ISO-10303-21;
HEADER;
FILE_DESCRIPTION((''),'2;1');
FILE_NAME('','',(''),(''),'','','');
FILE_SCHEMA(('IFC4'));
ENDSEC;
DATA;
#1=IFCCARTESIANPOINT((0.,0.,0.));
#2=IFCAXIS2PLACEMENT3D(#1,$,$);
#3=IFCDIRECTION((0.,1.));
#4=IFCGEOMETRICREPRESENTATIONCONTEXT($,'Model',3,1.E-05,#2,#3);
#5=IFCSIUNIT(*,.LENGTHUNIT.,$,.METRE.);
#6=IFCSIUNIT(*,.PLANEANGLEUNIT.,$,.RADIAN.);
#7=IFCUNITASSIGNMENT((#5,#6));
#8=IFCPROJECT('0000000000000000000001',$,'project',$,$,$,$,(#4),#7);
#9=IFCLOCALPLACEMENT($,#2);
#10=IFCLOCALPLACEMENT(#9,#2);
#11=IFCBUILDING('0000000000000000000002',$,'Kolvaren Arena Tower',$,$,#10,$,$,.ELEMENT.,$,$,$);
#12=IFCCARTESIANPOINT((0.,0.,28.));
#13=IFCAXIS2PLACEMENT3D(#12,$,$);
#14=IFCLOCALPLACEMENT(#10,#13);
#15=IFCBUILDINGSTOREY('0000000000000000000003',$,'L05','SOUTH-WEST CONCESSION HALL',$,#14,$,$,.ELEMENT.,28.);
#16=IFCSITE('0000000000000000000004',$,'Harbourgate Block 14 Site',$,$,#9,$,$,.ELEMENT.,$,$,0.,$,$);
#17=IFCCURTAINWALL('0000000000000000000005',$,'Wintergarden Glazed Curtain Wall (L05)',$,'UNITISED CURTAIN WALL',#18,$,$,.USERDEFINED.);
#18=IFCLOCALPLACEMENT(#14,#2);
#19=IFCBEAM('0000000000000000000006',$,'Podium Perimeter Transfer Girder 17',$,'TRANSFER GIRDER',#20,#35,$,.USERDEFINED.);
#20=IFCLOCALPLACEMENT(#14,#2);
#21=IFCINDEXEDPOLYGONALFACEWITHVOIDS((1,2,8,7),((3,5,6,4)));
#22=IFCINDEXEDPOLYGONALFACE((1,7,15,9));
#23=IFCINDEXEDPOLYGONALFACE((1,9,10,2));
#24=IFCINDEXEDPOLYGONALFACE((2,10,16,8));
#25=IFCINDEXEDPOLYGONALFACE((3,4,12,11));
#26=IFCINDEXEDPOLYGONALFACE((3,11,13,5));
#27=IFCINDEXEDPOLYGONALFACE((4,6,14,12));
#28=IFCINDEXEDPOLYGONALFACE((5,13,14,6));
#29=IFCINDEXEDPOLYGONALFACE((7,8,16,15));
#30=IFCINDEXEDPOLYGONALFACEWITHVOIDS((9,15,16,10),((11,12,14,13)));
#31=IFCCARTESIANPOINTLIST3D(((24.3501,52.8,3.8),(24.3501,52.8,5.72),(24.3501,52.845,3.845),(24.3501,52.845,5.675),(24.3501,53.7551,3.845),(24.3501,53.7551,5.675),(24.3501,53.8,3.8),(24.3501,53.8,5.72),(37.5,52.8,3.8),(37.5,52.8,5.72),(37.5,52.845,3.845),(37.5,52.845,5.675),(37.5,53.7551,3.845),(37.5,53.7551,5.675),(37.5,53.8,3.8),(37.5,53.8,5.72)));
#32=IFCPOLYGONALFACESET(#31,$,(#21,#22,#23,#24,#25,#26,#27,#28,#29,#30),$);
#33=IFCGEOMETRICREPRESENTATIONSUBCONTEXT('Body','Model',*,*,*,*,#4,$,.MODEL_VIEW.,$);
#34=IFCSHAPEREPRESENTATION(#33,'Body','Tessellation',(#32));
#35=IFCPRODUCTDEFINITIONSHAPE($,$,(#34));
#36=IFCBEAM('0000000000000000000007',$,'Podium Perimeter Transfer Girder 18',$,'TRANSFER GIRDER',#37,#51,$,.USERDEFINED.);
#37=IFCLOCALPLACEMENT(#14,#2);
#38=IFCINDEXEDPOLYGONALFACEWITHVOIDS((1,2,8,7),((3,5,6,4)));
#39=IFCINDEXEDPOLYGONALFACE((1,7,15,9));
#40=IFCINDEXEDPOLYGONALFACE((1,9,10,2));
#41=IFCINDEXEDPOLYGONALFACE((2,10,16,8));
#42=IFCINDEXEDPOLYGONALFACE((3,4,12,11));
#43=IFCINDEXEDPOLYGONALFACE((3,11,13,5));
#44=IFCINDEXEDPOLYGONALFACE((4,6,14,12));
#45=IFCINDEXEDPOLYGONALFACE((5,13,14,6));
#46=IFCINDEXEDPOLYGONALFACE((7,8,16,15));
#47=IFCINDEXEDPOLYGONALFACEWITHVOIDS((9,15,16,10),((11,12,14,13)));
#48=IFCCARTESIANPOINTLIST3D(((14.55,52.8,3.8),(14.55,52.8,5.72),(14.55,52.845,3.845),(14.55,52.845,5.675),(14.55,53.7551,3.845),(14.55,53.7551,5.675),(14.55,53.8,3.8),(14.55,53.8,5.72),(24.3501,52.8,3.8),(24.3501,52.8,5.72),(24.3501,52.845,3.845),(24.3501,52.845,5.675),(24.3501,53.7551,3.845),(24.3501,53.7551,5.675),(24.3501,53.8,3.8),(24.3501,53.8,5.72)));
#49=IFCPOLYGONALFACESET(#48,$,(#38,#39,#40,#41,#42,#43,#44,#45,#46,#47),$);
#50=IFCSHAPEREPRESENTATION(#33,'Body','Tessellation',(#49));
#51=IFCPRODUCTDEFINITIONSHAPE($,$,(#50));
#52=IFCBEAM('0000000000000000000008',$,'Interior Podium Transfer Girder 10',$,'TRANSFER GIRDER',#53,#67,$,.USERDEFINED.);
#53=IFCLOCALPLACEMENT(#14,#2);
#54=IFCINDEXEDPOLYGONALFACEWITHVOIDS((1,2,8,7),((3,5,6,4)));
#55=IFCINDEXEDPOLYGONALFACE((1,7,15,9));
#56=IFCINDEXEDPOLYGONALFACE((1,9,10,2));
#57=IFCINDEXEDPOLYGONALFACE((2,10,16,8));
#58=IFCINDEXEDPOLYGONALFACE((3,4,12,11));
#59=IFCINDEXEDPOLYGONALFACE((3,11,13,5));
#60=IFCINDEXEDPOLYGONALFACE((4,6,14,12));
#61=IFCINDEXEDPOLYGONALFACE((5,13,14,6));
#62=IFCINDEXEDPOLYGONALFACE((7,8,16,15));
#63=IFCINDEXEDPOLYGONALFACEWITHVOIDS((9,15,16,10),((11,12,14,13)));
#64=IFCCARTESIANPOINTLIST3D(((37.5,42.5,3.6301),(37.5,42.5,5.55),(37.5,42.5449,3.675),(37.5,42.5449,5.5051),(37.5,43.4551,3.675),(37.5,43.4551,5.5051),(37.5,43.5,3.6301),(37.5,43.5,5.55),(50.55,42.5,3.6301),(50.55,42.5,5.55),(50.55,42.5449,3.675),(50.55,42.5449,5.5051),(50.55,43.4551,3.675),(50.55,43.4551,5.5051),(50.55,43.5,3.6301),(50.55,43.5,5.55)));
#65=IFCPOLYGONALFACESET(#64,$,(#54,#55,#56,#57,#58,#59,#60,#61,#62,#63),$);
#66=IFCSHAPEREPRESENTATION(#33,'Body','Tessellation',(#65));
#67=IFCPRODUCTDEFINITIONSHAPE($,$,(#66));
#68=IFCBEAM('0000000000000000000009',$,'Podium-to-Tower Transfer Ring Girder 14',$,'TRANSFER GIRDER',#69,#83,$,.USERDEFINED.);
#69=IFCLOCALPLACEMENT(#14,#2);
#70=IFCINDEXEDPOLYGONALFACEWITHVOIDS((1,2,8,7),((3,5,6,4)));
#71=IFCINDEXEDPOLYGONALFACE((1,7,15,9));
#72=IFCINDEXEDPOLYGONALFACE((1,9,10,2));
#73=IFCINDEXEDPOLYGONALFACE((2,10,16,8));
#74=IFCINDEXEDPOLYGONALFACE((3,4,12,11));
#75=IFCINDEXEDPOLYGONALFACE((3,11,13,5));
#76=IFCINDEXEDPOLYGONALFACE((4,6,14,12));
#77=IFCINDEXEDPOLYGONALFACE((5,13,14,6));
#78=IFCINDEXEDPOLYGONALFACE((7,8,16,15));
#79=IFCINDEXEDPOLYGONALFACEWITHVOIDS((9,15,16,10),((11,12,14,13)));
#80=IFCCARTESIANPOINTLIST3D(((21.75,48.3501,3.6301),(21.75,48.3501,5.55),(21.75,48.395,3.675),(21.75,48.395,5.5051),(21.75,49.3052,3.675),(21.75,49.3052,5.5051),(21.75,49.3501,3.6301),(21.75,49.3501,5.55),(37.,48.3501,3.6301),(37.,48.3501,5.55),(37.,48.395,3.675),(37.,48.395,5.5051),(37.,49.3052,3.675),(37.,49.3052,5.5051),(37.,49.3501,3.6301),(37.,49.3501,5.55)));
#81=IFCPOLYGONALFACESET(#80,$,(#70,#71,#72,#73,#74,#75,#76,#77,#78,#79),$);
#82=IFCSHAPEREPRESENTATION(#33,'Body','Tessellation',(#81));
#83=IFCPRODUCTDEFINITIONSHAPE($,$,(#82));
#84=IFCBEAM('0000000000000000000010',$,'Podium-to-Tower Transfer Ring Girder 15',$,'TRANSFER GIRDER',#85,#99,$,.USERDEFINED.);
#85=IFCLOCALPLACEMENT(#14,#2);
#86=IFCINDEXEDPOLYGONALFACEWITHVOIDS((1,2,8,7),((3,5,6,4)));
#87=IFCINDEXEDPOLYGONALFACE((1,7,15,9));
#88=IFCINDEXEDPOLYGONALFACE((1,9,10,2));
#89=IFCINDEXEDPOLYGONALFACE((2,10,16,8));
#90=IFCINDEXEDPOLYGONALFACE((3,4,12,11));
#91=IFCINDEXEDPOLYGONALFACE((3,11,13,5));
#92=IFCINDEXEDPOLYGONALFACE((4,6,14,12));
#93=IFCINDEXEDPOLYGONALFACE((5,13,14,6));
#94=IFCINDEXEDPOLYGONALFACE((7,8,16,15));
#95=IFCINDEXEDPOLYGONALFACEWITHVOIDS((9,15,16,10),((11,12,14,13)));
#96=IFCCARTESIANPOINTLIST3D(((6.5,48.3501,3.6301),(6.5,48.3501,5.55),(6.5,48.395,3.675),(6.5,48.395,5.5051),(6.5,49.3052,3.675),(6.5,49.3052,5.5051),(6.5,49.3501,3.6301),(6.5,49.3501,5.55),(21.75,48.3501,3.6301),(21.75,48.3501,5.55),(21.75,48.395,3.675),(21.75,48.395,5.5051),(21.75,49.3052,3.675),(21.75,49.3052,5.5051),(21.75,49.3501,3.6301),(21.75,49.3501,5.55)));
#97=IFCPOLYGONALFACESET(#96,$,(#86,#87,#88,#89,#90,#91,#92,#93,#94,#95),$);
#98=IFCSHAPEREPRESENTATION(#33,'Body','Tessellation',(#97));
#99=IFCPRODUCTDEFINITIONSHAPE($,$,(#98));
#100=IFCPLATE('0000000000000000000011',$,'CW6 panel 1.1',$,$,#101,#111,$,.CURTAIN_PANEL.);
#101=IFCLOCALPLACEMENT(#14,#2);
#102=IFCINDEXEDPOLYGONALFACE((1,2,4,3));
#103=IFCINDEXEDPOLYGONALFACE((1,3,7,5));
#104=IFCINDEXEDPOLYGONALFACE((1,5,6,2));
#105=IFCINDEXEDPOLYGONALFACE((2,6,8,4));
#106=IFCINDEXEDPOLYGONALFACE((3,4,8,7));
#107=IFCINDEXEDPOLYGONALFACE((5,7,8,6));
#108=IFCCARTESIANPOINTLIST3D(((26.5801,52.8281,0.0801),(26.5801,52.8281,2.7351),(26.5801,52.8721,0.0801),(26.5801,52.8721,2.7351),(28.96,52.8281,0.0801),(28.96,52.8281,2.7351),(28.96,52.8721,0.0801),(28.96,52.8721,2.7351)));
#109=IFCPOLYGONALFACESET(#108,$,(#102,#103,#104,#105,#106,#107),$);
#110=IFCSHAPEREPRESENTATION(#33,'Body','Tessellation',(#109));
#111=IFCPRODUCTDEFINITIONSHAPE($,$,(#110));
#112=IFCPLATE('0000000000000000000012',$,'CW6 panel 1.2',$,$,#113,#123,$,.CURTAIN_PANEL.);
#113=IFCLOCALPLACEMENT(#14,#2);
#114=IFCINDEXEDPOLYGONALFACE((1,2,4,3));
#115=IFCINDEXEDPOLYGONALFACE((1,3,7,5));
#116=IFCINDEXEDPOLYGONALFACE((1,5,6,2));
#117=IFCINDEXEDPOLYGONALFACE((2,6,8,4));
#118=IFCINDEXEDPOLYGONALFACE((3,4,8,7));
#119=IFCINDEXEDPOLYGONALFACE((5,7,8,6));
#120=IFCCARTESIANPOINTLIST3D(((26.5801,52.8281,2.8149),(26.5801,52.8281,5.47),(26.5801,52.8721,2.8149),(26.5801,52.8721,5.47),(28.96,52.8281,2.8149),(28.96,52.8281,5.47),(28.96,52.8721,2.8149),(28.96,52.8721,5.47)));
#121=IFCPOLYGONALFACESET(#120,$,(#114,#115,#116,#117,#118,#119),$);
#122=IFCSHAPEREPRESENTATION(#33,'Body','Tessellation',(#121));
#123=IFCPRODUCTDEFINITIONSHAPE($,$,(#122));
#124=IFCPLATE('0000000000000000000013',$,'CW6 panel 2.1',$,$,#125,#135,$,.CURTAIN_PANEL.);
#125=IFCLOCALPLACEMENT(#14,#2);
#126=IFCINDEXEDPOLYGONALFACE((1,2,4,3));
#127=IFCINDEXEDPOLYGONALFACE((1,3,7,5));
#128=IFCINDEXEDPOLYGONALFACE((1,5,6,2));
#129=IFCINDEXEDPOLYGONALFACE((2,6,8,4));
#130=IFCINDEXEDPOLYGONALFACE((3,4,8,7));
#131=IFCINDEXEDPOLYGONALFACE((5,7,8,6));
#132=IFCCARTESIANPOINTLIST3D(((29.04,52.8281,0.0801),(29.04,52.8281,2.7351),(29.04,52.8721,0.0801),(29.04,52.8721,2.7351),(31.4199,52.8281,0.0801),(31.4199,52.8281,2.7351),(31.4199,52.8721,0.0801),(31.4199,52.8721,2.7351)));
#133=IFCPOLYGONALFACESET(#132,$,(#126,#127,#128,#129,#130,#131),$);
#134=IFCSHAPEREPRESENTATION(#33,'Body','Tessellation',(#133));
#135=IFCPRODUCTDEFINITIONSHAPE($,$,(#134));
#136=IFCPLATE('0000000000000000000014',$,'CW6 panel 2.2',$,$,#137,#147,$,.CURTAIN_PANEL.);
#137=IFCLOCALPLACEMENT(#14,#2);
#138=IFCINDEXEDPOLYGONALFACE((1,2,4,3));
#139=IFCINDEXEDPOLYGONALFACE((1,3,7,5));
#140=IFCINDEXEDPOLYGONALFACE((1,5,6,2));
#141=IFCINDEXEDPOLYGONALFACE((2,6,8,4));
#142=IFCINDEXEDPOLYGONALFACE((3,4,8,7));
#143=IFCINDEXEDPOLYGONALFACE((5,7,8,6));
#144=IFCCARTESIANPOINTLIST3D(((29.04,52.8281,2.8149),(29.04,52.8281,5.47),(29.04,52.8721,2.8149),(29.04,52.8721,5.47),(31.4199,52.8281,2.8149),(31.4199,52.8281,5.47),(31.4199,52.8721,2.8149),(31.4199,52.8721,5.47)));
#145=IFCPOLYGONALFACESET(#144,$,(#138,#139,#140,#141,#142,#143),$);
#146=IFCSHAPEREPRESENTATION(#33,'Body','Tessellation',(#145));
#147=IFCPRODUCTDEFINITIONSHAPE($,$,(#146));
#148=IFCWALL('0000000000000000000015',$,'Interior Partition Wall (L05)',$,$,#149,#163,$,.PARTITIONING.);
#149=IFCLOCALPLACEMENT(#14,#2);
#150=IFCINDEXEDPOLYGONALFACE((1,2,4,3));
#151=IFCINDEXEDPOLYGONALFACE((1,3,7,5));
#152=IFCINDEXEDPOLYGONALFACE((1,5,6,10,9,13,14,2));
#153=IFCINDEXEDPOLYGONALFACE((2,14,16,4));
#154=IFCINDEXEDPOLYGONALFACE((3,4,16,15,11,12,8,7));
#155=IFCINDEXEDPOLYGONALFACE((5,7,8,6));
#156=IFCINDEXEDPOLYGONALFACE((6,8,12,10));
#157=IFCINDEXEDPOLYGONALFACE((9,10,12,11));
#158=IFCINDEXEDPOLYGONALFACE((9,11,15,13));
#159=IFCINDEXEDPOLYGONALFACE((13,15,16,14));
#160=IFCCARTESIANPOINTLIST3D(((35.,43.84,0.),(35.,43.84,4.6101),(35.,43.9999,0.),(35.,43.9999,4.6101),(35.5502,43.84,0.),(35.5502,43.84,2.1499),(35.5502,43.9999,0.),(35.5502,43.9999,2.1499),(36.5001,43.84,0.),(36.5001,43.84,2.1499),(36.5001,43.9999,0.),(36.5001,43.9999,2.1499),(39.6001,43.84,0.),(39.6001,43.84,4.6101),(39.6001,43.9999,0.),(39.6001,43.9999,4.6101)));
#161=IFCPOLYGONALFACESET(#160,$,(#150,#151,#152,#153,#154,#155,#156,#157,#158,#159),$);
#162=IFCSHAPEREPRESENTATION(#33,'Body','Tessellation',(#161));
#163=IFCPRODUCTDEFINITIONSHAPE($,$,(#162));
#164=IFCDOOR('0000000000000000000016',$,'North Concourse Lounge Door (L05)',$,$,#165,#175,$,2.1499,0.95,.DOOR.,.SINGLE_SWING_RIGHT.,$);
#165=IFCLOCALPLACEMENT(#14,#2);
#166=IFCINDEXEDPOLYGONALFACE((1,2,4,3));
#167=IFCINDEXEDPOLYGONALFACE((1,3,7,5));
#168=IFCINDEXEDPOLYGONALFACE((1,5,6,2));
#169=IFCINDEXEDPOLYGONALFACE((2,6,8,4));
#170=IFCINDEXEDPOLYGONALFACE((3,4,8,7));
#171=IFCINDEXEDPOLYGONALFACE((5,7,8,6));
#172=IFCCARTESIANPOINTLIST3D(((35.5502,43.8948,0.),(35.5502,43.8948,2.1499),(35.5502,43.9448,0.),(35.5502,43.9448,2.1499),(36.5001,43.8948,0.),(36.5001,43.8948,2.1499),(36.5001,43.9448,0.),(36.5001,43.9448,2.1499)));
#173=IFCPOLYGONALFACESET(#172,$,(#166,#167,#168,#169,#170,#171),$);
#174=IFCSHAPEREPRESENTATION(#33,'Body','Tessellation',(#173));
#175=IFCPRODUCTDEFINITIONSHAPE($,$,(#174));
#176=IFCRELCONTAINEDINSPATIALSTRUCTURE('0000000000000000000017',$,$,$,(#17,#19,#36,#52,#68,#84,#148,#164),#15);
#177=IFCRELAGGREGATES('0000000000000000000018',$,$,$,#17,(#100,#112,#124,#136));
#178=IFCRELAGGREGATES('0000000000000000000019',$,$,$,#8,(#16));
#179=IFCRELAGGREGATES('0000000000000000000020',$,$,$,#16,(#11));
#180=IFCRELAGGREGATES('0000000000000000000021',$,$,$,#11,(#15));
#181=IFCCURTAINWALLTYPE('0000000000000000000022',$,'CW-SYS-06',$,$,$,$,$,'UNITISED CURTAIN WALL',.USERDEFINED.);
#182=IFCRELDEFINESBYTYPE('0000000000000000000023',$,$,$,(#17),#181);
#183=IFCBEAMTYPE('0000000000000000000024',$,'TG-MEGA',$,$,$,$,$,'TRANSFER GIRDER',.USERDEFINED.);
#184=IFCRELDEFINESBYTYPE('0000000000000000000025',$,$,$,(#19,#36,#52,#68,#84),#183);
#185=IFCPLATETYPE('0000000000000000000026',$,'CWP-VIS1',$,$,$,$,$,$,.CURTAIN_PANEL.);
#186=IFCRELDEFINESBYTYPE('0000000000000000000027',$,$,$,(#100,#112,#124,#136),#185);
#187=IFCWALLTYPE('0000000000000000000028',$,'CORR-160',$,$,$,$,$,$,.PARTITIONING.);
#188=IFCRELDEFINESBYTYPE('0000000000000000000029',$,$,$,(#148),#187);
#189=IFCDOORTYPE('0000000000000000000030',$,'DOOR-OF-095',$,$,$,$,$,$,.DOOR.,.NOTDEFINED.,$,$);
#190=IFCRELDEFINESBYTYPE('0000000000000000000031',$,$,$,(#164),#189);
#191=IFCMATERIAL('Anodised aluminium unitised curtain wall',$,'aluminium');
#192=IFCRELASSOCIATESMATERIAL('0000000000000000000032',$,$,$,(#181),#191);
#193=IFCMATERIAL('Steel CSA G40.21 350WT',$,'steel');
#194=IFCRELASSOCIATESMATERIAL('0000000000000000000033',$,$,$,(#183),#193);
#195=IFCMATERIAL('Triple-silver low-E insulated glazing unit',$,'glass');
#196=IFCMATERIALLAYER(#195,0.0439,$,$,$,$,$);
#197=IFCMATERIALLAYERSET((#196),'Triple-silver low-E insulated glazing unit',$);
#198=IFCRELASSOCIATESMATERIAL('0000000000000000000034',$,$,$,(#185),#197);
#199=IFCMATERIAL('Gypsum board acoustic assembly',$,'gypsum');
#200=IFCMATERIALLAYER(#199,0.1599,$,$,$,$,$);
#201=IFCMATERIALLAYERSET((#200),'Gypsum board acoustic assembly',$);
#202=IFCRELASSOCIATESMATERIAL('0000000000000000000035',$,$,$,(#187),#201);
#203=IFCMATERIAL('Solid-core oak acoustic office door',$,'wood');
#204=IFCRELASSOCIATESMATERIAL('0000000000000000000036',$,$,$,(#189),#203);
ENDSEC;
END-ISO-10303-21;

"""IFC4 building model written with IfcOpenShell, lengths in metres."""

from ifc_helpers import new_model, si_unit, direction, frame, frame_2d, origin, origin_2d, place, context, subcontext, project, spatial, rectangle, hollow_rectangle, extrude, material, layer, layer_set, material_profile, profile_set, type_object, element, fill, aggregate, save


model = new_model("IFC4")

# Units and contexts
model_context = context("Model", 3, precision=1e-05, world=origin(), true_north=direction((0.0, 1.0)))
body_context = subcontext(model_context, "Body", "Model", "MODEL_VIEW")
ifc_project = project(units=[si_unit("LENGTHUNIT", "METRE"), si_unit("PLANEANGLEUNIT", "RADIAN")], contexts=[model_context])

# Site, building, storey
site_placement = place(None, origin())
site = spatial("IfcSite", under=ifc_project, at=site_placement, Name="Harbourgate Block 14 Site", CompositionType="ELEMENT", RefElevation=0.0)
building_placement = place(site_placement, origin())
building = spatial("IfcBuilding", under=site, at=building_placement, Name="Kolvaren Arena Tower", CompositionType="ELEMENT")
storey_placement = place(building_placement, frame((0.0, 0.0, 28.0)))
storey = spatial("IfcBuildingStorey", under=building, at=storey_placement, Name="L05", Description="SOUTH-WEST CONCESSION HALL", CompositionType="ELEMENT", Elevation=28.0)

# Curtain wall
ifc_material_1 = material(Name="Anodised aluminium unitised curtain wall", Category="aluminium")
curtain_wall_type = type_object("IfcCurtainWallType", Name="CW-SYS-06", ElementType="UNITISED CURTAIN WALL", PredefinedType="USERDEFINED", material=ifc_material_1)
curtain_wall_placement = place(storey_placement, origin())
curtain_wall = element("IfcCurtainWall", 1, at=curtain_wall_placement, inside=storey, type_object=curtain_wall_type, Name="Wintergarden Glazed Curtain Wall (L05)", ObjectType="UNITISED CURTAIN WALL", PredefinedType="USERDEFINED")

# Beams
ifc_material_2 = material(Name="Steel CSA G40.21 350WT", Category="steel")
ifc_material_profile_1 = material_profile(ifc_material_2, hollow_rectangle(XDim=1.0, YDim=1.9199, WallThickness=0.0449, at=origin_2d()), Name="BOX 1000x1920x45")
ifc_profile_set_1 = profile_set([ifc_material_profile_1], Name="Steel CSA G40.21 350WT")
beam_type = type_object("IfcBeamType", Name="TG-MEGA", ElementType="TRANSFER GIRDER", PredefinedType="USERDEFINED", material=ifc_profile_set_1)
beam_1_placement = place(storey_placement, frame((37.5, 53.3, 4.76), z_axis=(-1.0, 0.0, 0.0), x_axis=(0.0, -1.0, 0.0)))
element("IfcBeam", 2, at=beam_1_placement, inside=storey, type_object=beam_type, Name="Podium Perimeter Transfer Girder 17", ObjectType="TRANSFER GIRDER", PredefinedType="USERDEFINED", context=body_context, shape_type="SweptSolid", body=[
    extrude(hollow_rectangle(XDim=1.0, YDim=1.9199, WallThickness=0.0449, at=origin_2d()), origin(), (0.0, 0.0, 1.0), 13.1499),
])
beam_2_placement = place(storey_placement, frame((24.3501, 53.3, 4.76), z_axis=(-1.0, 0.0, 0.0), x_axis=(0.0, -1.0, 0.0)))
element("IfcBeam", 3, at=beam_2_placement, inside=storey, type_object=beam_type, Name="Podium Perimeter Transfer Girder 18", ObjectType="TRANSFER GIRDER", PredefinedType="USERDEFINED", context=body_context, shape_type="SweptSolid", body=[
    extrude(hollow_rectangle(XDim=1.0, YDim=1.9199, WallThickness=0.0449, at=origin_2d()), origin(), (0.0, 0.0, 1.0), 9.8),
])
beam_3_placement = place(storey_placement, frame((37.5, 43.0, 4.5901), z_axis=(1.0, 0.0, 0.0), x_axis=(0.0, 1.0, 0.0)))
element("IfcBeam", 4, at=beam_3_placement, inside=storey, type_object=beam_type, Name="Interior Podium Transfer Girder 10", ObjectType="TRANSFER GIRDER", PredefinedType="USERDEFINED", context=body_context, shape_type="SweptSolid", body=[
    extrude(hollow_rectangle(XDim=1.0, YDim=1.9199, WallThickness=0.0449, at=origin_2d()), origin(), (0.0, 0.0, 1.0), 13.05),
])
for number, where, z_axis, x_axis, name in (
    (5, (37.0, 48.8501, 4.5901), (-1.0, 0.0, 0.0), (0.0, -1.0, 0.0), "Podium-to-Tower Transfer Ring Girder 14"),
    (6, (21.75, 48.8501, 4.5901), (-1.0, 0.0, 0.0), (0.0, -1.0, 0.0), "Podium-to-Tower Transfer Ring Girder 15"),
):
    element("IfcBeam", number, at=place(storey_placement, frame(where, z_axis=z_axis, x_axis=x_axis)), inside=storey, type_object=beam_type, Name=name, ObjectType="TRANSFER GIRDER", PredefinedType="USERDEFINED", context=body_context, shape_type="SweptSolid", body=[
        extrude(hollow_rectangle(XDim=1.0, YDim=1.9199, WallThickness=0.0449, at=origin_2d()), origin(), (0.0, 0.0, 1.0), 15.25),
    ])

# Plates
ifc_material_3 = material(Name="Triple-silver low-E insulated glazing unit", Category="glass")
ifc_layer_1 = layer(ifc_material_3, 0.0439)
ifc_layer_set_1 = layer_set([ifc_layer_1], Name="Triple-silver low-E insulated glazing unit")
plate_type = type_object("IfcPlateType", Name="CWP-VIS1", PredefinedType="CURTAIN_PANEL", material=ifc_layer_set_1)
plate_1_placement = place(storey_placement, frame((27.77, 52.8501, 0.0801), z_axis=(0.0, 0.0, 1.0), x_axis=(1.0, 0.0, 0.0)))
plate_1 = element("IfcPlate", 7, at=plate_1_placement, type_object=plate_type, Name="CW6 panel 1.1", PredefinedType="CURTAIN_PANEL", context=body_context, shape_type="SweptSolid", body=[
    extrude(rectangle(XDim=2.3799, YDim=0.0439, at=origin_2d()), origin(), (0.0, 0.0, 1.0), 2.655),
])
plate_2_placement = place(storey_placement, frame((27.77, 52.8501, 2.8149), z_axis=(0.0, 0.0, 1.0), x_axis=(1.0, 0.0, 0.0)))
plate_2 = element("IfcPlate", 8, at=plate_2_placement, type_object=plate_type, Name="CW6 panel 1.2", PredefinedType="CURTAIN_PANEL", context=body_context, shape_type="SweptSolid", body=[
    extrude(rectangle(XDim=2.3799, YDim=0.0439, at=origin_2d()), origin(), (0.0, 0.0, 1.0), 2.655),
])
plate_3_placement = place(storey_placement, frame((30.23, 52.8501, 0.0801), z_axis=(0.0, 0.0, 1.0), x_axis=(1.0, 0.0, 0.0)))
plate_3 = element("IfcPlate", 9, at=plate_3_placement, type_object=plate_type, Name="CW6 panel 2.1", PredefinedType="CURTAIN_PANEL", context=body_context, shape_type="SweptSolid", body=[
    extrude(rectangle(XDim=2.3799, YDim=0.0439, at=origin_2d()), origin(), (0.0, 0.0, 1.0), 2.655),
])
plate_4_placement = place(storey_placement, frame((30.23, 52.8501, 2.8149), z_axis=(0.0, 0.0, 1.0), x_axis=(1.0, 0.0, 0.0)))
plate_4 = element("IfcPlate", 10, at=plate_4_placement, type_object=plate_type, Name="CW6 panel 2.2", PredefinedType="CURTAIN_PANEL", context=body_context, shape_type="SweptSolid", body=[
    extrude(rectangle(XDim=2.3799, YDim=0.0439, at=origin_2d()), origin(), (0.0, 0.0, 1.0), 2.655),
])
aggregate(curtain_wall, [plate_1, plate_2, plate_3, plate_4])

# Wall, opening, door
ifc_material_4 = material(Name="Gypsum board acoustic assembly", Category="gypsum")
ifc_layer_2 = layer(ifc_material_4, 0.1599)
ifc_layer_set_2 = layer_set([ifc_layer_2], Name="Gypsum board acoustic assembly")
wall_type_1 = type_object("IfcWallType", Name="CORR-160", PredefinedType="PARTITIONING", material=ifc_layer_set_2)
wall_1_placement = place(storey_placement, frame((35.0, 43.9199, 0.0), z_axis=(0.0, 0.0, 1.0), x_axis=(1.0, 0.0, 0.0)))
wall_1 = element("IfcWall", 11, at=wall_1_placement, inside=storey, type_object=wall_type_1, Name="Interior Partition Wall (L05)", PredefinedType="PARTITIONING", context=body_context, shape_type="SweptSolid", body=[
    extrude(rectangle(XDim=4.6001, YDim=0.1599, at=frame_2d((2.3, 0.0))), origin(), (0.0, 0.0, 1.0), 4.6101),
])
opening_1_placement = place(wall_1_placement, frame((0.55, 0.0, 0.0)))
opening_1 = element("IfcOpeningElement", 12, at=opening_1_placement, cuts=wall_1, PredefinedType="OPENING", context=body_context, shape_type="SweptSolid", body=[
    extrude(rectangle(XDim=0.95, YDim=2.1499, at=frame_2d((0.4751, 1.075))), frame((0.0, 0.0898, 0.0), z_axis=(0.0, -1.0, 0.0), x_axis=(1.0, 0.0, 0.0)), (0.0, 0.0, 1.0), 0.1799),
])
ifc_material_5 = material(Name="Solid-core oak acoustic office door", Category="wood")
door_type_1 = type_object("IfcDoorType", Name="DOOR-OF-095", OperationType="NOTDEFINED", PredefinedType="DOOR", material=ifc_material_5)
door_1_placement = place(opening_1_placement, origin())
door_1 = element("IfcDoor", 13, at=door_1_placement, inside=storey, type_object=door_type_1, Name="North Concourse Lounge Door (L05)", OperationType="SINGLE_SWING_RIGHT", OverallHeight=2.1499, OverallWidth=0.95, PredefinedType="DOOR", context=body_context, shape_type="SweptSolid", body=[
    extrude(rectangle(XDim=0.95, YDim=2.1499, at=frame_2d((0.4751, 1.075))), frame((0.0, 0.0249, 0.0), z_axis=(0.0, -1.0, 0.0), x_axis=(1.0, 0.0, 0.0)), (0.0, 0.0, 1.0), 0.05),
])
fill(opening_1, door_1)

save(model, "model.ifc")
